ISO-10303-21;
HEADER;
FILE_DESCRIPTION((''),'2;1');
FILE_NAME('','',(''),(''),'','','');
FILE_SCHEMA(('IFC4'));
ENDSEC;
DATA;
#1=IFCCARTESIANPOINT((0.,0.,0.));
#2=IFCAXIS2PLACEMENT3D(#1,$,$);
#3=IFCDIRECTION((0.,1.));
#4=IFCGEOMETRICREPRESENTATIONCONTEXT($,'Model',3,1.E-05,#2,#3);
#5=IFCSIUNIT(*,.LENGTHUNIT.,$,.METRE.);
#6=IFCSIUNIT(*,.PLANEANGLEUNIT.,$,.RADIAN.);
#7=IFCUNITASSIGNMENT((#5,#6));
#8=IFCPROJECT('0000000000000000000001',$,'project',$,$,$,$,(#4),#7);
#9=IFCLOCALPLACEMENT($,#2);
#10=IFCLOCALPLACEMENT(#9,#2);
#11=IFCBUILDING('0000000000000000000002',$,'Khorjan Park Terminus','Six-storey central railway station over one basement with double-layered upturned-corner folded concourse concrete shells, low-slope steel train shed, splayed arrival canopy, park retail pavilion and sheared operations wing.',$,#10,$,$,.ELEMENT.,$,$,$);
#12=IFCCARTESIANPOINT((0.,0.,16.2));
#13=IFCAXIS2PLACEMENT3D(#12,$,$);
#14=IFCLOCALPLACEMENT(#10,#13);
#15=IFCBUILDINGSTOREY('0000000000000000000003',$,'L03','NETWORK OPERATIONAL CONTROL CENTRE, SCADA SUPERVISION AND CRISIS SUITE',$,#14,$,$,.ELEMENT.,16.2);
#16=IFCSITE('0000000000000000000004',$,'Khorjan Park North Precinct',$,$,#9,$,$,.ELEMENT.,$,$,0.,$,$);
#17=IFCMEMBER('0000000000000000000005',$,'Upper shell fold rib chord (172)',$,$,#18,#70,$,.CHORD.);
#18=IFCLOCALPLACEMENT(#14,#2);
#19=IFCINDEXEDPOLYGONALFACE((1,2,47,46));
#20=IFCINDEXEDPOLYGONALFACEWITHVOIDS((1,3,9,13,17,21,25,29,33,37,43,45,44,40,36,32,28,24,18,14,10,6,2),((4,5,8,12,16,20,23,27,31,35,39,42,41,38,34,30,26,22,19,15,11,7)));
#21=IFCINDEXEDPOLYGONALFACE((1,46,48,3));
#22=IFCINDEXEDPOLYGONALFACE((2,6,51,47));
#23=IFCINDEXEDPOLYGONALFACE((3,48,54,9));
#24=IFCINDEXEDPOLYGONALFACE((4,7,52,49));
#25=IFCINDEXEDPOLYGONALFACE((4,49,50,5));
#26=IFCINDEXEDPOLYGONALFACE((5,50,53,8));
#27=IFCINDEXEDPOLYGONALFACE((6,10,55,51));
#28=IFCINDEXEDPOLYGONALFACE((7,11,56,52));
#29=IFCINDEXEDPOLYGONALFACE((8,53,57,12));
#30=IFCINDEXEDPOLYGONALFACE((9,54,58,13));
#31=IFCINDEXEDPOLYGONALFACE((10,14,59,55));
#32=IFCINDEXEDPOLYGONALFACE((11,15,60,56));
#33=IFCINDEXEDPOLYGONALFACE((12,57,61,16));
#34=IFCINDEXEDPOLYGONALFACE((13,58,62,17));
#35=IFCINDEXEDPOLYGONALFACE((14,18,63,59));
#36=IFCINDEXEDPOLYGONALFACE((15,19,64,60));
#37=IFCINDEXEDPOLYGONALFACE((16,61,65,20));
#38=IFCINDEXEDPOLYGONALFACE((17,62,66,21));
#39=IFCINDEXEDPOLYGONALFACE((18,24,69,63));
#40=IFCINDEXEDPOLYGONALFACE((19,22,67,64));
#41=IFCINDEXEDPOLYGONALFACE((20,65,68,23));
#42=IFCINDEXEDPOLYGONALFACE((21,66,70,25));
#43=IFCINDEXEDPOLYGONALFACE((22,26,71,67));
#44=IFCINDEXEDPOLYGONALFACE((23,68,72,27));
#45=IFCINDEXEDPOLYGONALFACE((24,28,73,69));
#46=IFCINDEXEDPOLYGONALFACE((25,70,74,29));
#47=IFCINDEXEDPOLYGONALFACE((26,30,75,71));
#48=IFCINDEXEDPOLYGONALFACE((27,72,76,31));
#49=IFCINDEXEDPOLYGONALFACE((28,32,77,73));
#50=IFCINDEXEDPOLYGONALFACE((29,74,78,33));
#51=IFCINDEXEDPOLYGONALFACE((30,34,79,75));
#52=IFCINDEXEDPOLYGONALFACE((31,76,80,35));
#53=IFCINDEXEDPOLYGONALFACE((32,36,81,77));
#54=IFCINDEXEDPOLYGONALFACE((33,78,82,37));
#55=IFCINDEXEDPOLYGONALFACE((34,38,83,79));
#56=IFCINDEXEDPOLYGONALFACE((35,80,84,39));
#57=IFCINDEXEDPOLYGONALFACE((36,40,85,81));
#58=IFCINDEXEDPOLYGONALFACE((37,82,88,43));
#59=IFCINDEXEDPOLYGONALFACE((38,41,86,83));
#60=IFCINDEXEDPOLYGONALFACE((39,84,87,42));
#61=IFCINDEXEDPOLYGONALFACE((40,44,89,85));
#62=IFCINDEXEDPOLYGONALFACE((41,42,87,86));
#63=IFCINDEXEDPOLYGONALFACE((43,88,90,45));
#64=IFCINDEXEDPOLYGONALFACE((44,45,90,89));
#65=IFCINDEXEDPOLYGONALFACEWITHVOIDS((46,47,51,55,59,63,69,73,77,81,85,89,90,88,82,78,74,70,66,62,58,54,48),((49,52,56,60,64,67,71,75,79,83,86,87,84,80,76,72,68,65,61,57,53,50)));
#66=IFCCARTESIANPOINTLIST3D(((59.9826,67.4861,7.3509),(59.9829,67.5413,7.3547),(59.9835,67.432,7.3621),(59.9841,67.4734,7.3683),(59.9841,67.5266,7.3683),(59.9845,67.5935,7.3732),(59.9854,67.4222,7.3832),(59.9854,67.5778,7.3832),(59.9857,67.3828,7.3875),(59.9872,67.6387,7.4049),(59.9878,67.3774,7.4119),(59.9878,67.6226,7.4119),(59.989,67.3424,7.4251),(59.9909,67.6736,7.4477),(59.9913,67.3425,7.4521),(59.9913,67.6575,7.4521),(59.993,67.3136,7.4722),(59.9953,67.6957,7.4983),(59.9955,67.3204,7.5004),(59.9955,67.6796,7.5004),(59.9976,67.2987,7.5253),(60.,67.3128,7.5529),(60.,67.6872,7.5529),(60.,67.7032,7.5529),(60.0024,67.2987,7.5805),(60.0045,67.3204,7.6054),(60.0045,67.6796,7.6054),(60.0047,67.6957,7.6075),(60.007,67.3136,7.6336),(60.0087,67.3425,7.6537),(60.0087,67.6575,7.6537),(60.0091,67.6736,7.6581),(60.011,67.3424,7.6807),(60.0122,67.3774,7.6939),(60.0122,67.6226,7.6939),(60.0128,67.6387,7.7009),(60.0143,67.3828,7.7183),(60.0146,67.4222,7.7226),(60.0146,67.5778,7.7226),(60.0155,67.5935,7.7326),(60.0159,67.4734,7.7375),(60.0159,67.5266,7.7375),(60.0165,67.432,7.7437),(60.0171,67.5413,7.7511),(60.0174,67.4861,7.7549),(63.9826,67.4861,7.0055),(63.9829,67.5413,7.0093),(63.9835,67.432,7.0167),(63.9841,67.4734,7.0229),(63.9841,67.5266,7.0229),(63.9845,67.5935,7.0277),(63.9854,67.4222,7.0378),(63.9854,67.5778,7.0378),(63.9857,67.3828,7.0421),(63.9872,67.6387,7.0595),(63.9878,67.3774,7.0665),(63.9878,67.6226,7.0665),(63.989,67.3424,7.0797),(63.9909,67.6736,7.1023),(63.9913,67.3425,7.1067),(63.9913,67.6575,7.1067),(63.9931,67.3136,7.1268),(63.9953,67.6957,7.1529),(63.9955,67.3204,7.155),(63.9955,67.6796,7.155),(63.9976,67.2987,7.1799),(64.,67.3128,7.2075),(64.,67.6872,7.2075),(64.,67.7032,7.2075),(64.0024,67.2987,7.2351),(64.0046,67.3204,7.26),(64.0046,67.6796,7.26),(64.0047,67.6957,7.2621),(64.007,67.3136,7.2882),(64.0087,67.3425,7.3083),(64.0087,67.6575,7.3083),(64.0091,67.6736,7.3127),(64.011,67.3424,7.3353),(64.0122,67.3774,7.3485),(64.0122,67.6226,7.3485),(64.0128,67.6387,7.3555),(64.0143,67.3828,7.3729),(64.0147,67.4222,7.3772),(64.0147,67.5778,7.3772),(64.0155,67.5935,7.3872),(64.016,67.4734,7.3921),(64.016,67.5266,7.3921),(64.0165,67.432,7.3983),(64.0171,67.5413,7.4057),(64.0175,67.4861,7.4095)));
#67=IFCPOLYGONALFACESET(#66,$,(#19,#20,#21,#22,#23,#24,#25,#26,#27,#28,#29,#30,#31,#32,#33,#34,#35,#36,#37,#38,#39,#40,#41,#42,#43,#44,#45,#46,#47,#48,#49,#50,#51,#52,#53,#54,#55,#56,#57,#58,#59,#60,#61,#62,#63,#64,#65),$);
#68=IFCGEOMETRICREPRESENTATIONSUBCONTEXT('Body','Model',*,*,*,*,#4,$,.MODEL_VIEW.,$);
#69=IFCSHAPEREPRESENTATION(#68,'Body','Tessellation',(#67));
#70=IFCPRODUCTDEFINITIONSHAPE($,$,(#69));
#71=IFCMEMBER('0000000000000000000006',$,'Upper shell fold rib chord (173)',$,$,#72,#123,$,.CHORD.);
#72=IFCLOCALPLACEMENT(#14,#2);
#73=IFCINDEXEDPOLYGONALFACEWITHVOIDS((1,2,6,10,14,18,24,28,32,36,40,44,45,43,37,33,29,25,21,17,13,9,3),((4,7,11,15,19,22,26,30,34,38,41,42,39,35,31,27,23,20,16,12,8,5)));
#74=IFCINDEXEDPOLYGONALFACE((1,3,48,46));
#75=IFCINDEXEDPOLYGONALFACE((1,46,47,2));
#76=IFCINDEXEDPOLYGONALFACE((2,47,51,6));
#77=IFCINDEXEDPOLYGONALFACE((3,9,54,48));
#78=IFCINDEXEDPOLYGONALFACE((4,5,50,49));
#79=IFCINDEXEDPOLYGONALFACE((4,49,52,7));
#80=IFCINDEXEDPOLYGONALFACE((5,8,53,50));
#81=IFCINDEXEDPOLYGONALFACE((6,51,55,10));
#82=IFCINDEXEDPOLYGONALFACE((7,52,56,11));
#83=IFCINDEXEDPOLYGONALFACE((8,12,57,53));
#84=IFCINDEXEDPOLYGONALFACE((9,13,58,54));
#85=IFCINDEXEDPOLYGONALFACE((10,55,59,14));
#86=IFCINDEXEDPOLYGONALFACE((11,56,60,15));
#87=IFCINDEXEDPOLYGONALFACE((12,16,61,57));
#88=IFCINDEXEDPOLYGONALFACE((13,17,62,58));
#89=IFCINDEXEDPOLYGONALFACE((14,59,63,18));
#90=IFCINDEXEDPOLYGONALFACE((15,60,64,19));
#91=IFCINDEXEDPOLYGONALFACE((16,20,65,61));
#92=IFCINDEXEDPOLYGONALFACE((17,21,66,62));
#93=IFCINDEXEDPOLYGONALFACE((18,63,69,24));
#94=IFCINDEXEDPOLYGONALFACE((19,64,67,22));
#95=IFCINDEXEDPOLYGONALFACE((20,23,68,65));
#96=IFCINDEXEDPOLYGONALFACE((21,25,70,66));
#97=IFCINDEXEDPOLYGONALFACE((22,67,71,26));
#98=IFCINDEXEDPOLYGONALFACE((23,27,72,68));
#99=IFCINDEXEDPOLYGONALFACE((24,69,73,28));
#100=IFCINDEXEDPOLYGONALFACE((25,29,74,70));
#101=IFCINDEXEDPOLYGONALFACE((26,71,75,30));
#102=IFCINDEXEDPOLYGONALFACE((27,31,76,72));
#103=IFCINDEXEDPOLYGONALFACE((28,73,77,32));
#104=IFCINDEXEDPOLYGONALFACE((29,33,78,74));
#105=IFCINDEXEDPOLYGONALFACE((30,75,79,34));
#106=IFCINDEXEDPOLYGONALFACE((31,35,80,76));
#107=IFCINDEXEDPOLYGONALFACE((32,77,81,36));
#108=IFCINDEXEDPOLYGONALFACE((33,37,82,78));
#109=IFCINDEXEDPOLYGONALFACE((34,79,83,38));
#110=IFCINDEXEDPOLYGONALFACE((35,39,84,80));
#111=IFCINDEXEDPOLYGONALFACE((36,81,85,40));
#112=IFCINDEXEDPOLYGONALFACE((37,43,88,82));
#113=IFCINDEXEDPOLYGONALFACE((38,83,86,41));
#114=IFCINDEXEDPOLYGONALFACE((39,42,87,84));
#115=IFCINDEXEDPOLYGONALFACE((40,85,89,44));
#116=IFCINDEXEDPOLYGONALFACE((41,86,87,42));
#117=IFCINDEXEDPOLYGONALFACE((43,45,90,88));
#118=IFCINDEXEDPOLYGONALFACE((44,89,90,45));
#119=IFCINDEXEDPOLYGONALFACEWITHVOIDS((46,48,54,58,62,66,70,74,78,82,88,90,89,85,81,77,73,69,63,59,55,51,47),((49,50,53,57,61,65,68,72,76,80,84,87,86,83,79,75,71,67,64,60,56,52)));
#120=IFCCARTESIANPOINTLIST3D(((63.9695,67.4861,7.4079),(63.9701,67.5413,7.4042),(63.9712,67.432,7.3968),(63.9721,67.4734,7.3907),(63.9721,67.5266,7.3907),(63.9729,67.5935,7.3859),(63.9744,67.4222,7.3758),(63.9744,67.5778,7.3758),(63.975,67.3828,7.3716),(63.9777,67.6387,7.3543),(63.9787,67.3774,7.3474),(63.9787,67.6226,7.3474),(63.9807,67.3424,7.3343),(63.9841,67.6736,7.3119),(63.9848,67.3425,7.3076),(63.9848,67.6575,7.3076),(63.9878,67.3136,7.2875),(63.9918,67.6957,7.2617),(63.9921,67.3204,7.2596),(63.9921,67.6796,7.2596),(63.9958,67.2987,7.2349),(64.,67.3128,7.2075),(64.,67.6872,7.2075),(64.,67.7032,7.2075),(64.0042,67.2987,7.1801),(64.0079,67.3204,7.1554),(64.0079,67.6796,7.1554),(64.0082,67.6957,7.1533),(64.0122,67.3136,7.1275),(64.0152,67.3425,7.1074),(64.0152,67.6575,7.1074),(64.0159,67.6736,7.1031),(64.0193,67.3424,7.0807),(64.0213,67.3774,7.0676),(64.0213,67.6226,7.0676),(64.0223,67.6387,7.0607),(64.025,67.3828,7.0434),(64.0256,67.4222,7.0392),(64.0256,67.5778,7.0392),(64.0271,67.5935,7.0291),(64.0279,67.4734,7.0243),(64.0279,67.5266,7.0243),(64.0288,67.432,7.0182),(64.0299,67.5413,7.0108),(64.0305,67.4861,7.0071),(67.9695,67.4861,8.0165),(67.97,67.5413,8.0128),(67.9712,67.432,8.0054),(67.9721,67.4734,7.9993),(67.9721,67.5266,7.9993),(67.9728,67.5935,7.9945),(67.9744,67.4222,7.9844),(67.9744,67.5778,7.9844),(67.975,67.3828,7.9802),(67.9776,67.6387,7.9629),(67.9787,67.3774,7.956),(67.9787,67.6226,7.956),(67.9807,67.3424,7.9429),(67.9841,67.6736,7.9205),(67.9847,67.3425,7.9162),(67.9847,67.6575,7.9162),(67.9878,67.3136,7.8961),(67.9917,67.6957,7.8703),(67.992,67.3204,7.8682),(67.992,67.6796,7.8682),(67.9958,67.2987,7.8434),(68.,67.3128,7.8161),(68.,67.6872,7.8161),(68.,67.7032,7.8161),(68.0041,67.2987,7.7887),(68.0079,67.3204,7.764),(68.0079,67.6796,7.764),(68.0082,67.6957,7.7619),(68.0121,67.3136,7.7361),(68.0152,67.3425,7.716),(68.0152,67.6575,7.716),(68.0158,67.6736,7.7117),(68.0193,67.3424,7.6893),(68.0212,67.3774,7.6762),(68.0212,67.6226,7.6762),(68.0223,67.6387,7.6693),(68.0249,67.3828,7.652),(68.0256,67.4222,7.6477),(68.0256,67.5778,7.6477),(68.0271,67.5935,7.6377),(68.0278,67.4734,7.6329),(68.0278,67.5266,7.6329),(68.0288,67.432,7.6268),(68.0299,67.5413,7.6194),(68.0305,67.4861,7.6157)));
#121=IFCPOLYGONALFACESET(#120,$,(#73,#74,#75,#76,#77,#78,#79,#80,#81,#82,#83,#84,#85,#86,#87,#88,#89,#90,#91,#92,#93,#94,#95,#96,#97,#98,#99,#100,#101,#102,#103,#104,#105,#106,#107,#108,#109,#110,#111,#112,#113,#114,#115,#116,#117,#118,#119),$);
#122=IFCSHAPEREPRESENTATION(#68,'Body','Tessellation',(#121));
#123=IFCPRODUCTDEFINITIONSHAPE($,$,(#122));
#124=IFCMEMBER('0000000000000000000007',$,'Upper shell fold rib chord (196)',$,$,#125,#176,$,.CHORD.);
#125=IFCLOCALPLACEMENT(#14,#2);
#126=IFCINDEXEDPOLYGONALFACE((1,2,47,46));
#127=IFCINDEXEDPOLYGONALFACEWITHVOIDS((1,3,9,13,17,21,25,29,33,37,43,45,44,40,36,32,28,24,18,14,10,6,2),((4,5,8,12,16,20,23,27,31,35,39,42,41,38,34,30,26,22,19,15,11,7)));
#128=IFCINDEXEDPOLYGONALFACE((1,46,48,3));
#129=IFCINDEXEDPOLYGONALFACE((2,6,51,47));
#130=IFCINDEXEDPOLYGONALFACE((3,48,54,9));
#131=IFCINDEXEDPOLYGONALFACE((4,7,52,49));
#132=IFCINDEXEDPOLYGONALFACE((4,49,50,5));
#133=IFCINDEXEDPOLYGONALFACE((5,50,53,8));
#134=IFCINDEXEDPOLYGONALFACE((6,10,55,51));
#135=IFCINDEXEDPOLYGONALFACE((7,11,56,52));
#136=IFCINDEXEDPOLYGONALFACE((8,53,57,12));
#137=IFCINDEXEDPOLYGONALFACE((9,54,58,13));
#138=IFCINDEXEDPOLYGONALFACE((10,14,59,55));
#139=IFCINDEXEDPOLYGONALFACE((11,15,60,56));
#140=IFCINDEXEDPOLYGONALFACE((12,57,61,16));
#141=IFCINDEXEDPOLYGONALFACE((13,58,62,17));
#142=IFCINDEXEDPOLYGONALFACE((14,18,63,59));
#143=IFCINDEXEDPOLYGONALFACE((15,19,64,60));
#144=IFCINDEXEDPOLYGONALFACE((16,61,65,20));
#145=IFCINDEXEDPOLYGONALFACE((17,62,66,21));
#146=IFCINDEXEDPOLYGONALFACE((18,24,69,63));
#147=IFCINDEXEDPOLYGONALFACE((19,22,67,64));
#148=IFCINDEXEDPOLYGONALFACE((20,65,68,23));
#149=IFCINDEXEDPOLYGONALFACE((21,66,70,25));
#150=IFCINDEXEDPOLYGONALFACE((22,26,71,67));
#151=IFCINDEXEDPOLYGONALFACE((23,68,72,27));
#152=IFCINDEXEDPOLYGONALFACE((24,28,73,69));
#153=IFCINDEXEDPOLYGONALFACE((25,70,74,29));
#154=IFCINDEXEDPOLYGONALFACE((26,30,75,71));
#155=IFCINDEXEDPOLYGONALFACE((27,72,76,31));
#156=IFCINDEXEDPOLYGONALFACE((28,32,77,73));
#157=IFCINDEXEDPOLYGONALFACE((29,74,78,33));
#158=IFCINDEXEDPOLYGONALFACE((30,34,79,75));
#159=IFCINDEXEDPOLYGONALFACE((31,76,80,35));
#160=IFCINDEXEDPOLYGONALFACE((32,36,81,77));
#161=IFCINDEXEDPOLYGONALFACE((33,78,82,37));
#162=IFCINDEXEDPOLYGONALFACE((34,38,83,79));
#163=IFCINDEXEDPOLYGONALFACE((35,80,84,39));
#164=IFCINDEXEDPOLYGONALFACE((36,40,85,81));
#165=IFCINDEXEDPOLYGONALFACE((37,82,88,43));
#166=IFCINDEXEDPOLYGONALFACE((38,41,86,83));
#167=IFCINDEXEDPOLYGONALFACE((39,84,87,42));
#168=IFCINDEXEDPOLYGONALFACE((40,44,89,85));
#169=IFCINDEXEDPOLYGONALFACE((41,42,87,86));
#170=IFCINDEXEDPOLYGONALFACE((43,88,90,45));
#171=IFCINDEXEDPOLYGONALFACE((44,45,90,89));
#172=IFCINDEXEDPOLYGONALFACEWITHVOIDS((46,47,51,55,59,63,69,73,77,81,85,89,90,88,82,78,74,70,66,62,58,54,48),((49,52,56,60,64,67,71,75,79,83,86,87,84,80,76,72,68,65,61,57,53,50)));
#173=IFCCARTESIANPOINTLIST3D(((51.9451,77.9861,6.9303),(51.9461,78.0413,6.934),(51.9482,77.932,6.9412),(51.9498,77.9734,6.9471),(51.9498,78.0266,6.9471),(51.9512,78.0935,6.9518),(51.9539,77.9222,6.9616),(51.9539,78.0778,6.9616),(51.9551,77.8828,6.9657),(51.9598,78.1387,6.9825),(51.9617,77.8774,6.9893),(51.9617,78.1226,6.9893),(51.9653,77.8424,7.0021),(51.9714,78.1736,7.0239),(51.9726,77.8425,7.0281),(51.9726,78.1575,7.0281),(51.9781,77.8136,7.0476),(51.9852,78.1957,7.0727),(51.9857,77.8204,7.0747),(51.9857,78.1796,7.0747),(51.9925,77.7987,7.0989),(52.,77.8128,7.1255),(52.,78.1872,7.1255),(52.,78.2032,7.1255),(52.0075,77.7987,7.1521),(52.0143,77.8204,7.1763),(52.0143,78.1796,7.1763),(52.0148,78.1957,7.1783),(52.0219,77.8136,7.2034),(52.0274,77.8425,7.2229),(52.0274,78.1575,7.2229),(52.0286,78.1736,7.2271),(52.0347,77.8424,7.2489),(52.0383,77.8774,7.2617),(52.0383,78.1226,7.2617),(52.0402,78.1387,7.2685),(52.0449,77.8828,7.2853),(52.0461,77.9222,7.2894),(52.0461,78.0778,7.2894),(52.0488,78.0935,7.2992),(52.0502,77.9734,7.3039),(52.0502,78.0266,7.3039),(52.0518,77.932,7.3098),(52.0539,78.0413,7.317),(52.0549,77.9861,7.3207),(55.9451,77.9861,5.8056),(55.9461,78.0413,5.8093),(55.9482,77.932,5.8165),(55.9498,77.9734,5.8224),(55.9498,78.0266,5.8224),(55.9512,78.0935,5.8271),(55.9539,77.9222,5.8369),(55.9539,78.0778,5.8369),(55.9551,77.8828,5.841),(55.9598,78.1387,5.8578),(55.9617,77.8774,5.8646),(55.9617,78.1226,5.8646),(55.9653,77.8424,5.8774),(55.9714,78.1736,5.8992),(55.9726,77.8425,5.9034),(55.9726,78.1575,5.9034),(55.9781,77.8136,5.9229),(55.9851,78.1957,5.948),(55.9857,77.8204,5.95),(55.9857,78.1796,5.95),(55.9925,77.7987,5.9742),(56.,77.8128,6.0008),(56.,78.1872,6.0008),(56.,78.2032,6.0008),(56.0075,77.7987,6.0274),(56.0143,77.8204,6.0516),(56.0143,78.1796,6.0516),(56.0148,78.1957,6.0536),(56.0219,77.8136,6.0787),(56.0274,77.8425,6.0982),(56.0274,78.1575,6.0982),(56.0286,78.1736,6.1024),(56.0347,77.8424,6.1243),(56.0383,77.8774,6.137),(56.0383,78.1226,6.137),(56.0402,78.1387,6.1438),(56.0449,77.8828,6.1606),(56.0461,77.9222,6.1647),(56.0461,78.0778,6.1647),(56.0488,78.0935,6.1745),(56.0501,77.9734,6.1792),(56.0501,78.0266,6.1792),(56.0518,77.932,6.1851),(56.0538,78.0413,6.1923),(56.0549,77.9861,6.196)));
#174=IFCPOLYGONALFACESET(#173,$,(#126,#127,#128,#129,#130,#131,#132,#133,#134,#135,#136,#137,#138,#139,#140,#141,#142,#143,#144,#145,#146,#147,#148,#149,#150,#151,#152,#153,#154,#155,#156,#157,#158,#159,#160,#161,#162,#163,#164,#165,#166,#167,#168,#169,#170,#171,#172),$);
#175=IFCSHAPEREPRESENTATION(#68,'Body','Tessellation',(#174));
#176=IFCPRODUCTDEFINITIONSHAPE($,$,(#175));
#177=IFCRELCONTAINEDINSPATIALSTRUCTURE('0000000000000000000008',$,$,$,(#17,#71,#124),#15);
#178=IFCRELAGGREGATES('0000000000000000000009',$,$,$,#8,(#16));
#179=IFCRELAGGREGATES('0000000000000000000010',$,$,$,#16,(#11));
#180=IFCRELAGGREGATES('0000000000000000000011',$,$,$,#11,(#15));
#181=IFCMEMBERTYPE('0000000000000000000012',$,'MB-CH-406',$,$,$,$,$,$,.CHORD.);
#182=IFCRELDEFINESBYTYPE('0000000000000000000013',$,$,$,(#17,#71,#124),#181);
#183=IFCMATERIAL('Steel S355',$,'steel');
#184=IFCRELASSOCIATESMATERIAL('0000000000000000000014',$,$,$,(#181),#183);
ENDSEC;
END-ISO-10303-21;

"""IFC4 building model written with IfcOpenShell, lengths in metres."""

from ifc_helpers import new_model, si_unit, direction, frame, origin, origin_2d, place, context, subcontext, project, spatial, hollow_circle, extrude, material, material_profile, profile_set, type_object, element, save


model = new_model("IFC4")

# Units and contexts
model_context = context("Model", 3, precision=1e-05, world=origin(), true_north=direction((0.0, 1.0)))
body_context = subcontext(model_context, "Body", "Model", "MODEL_VIEW")
ifc_project = project(units=[si_unit("LENGTHUNIT", "METRE"), si_unit("PLANEANGLEUNIT", "RADIAN")], contexts=[model_context])

# Site, building, storey
site_placement = place(None, origin())
site = spatial("IfcSite", under=ifc_project, at=site_placement, Name="Khorjan Park North Precinct", CompositionType="ELEMENT", RefElevation=0.0)
building_placement = place(site_placement, origin())
building = spatial("IfcBuilding", under=site, at=building_placement, Name="Khorjan Park Terminus", Description="Six-storey central railway station over one basement with double-layered upturned-corner folded concourse concrete shells, low-slope steel train shed, splayed arrival canopy, park retail pavilion and sheared operations wing.", CompositionType="ELEMENT")
storey_placement = place(building_placement, frame((0.0, 0.0, 16.2)))
storey = spatial("IfcBuildingStorey", under=building, at=storey_placement, Name="L03", Description="NETWORK OPERATIONAL CONTROL CENTRE, SCADA SUPERVISION AND CRISIS SUITE", CompositionType="ELEMENT", Elevation=16.2)

# Members
ifc_material = material(Name="Steel S355", Category="steel")
ifc_material_profile_1 = material_profile(ifc_material, hollow_circle(Radius=0.2032, WallThickness=0.016, at=origin_2d()), Name="CHS 406.4x16")
ifc_profile_set_1 = profile_set([ifc_material_profile_1], Name="Steel S355")
member_type_1 = type_object("IfcMemberType", Name="MB-CH-406", PredefinedType="CHORD", material=ifc_profile_set_1)
member_1_placement = place(storey_placement, frame((60.0, 67.5, 7.5529), z_axis=(0.996293, 0.0, -0.08603), x_axis=(0.0, 1.0, 0.0)))
element("IfcMember", 1, at=member_1_placement, inside=storey, type_object=member_type_1, Name="Upper shell fold rib chord (172)", PredefinedType="CHORD", context=body_context, shape_type="SweptSolid", body=[
    extrude(hollow_circle(Radius=0.2032, WallThickness=0.016, at=origin_2d()), origin(), (0.0, 0.0, 1.0), 4.0149),
])
member_2_placement = place(storey_placement, frame((64.0, 67.5, 7.2075), z_axis=(0.988622, 0.0, 0.150419), x_axis=(0.0, 1.0, 0.0)))
element("IfcMember", 2, at=member_2_placement, inside=storey, type_object=member_type_1, Name="Upper shell fold rib chord (173)", PredefinedType="CHORD", context=body_context, shape_type="SweptSolid", body=[
    extrude(hollow_circle(Radius=0.2032, WallThickness=0.016, at=origin_2d()), origin(), (0.0, 0.0, 1.0), 4.046),
])
member_3_placement = place(storey_placement, frame((52.0, 78.0, 7.1255), z_axis=(0.96267, 0.0, -0.270679), x_axis=(0.0, 1.0, 0.0)))
element("IfcMember", 3, at=member_3_placement, inside=storey, type_object=member_type_1, Name="Upper shell fold rib chord (196)", PredefinedType="CHORD", context=body_context, shape_type="SweptSolid", body=[
    extrude(hollow_circle(Radius=0.2032, WallThickness=0.016, at=origin_2d()), origin(), (0.0, 0.0, 1.0), 4.1551),
])

save(model, "model.ifc")
